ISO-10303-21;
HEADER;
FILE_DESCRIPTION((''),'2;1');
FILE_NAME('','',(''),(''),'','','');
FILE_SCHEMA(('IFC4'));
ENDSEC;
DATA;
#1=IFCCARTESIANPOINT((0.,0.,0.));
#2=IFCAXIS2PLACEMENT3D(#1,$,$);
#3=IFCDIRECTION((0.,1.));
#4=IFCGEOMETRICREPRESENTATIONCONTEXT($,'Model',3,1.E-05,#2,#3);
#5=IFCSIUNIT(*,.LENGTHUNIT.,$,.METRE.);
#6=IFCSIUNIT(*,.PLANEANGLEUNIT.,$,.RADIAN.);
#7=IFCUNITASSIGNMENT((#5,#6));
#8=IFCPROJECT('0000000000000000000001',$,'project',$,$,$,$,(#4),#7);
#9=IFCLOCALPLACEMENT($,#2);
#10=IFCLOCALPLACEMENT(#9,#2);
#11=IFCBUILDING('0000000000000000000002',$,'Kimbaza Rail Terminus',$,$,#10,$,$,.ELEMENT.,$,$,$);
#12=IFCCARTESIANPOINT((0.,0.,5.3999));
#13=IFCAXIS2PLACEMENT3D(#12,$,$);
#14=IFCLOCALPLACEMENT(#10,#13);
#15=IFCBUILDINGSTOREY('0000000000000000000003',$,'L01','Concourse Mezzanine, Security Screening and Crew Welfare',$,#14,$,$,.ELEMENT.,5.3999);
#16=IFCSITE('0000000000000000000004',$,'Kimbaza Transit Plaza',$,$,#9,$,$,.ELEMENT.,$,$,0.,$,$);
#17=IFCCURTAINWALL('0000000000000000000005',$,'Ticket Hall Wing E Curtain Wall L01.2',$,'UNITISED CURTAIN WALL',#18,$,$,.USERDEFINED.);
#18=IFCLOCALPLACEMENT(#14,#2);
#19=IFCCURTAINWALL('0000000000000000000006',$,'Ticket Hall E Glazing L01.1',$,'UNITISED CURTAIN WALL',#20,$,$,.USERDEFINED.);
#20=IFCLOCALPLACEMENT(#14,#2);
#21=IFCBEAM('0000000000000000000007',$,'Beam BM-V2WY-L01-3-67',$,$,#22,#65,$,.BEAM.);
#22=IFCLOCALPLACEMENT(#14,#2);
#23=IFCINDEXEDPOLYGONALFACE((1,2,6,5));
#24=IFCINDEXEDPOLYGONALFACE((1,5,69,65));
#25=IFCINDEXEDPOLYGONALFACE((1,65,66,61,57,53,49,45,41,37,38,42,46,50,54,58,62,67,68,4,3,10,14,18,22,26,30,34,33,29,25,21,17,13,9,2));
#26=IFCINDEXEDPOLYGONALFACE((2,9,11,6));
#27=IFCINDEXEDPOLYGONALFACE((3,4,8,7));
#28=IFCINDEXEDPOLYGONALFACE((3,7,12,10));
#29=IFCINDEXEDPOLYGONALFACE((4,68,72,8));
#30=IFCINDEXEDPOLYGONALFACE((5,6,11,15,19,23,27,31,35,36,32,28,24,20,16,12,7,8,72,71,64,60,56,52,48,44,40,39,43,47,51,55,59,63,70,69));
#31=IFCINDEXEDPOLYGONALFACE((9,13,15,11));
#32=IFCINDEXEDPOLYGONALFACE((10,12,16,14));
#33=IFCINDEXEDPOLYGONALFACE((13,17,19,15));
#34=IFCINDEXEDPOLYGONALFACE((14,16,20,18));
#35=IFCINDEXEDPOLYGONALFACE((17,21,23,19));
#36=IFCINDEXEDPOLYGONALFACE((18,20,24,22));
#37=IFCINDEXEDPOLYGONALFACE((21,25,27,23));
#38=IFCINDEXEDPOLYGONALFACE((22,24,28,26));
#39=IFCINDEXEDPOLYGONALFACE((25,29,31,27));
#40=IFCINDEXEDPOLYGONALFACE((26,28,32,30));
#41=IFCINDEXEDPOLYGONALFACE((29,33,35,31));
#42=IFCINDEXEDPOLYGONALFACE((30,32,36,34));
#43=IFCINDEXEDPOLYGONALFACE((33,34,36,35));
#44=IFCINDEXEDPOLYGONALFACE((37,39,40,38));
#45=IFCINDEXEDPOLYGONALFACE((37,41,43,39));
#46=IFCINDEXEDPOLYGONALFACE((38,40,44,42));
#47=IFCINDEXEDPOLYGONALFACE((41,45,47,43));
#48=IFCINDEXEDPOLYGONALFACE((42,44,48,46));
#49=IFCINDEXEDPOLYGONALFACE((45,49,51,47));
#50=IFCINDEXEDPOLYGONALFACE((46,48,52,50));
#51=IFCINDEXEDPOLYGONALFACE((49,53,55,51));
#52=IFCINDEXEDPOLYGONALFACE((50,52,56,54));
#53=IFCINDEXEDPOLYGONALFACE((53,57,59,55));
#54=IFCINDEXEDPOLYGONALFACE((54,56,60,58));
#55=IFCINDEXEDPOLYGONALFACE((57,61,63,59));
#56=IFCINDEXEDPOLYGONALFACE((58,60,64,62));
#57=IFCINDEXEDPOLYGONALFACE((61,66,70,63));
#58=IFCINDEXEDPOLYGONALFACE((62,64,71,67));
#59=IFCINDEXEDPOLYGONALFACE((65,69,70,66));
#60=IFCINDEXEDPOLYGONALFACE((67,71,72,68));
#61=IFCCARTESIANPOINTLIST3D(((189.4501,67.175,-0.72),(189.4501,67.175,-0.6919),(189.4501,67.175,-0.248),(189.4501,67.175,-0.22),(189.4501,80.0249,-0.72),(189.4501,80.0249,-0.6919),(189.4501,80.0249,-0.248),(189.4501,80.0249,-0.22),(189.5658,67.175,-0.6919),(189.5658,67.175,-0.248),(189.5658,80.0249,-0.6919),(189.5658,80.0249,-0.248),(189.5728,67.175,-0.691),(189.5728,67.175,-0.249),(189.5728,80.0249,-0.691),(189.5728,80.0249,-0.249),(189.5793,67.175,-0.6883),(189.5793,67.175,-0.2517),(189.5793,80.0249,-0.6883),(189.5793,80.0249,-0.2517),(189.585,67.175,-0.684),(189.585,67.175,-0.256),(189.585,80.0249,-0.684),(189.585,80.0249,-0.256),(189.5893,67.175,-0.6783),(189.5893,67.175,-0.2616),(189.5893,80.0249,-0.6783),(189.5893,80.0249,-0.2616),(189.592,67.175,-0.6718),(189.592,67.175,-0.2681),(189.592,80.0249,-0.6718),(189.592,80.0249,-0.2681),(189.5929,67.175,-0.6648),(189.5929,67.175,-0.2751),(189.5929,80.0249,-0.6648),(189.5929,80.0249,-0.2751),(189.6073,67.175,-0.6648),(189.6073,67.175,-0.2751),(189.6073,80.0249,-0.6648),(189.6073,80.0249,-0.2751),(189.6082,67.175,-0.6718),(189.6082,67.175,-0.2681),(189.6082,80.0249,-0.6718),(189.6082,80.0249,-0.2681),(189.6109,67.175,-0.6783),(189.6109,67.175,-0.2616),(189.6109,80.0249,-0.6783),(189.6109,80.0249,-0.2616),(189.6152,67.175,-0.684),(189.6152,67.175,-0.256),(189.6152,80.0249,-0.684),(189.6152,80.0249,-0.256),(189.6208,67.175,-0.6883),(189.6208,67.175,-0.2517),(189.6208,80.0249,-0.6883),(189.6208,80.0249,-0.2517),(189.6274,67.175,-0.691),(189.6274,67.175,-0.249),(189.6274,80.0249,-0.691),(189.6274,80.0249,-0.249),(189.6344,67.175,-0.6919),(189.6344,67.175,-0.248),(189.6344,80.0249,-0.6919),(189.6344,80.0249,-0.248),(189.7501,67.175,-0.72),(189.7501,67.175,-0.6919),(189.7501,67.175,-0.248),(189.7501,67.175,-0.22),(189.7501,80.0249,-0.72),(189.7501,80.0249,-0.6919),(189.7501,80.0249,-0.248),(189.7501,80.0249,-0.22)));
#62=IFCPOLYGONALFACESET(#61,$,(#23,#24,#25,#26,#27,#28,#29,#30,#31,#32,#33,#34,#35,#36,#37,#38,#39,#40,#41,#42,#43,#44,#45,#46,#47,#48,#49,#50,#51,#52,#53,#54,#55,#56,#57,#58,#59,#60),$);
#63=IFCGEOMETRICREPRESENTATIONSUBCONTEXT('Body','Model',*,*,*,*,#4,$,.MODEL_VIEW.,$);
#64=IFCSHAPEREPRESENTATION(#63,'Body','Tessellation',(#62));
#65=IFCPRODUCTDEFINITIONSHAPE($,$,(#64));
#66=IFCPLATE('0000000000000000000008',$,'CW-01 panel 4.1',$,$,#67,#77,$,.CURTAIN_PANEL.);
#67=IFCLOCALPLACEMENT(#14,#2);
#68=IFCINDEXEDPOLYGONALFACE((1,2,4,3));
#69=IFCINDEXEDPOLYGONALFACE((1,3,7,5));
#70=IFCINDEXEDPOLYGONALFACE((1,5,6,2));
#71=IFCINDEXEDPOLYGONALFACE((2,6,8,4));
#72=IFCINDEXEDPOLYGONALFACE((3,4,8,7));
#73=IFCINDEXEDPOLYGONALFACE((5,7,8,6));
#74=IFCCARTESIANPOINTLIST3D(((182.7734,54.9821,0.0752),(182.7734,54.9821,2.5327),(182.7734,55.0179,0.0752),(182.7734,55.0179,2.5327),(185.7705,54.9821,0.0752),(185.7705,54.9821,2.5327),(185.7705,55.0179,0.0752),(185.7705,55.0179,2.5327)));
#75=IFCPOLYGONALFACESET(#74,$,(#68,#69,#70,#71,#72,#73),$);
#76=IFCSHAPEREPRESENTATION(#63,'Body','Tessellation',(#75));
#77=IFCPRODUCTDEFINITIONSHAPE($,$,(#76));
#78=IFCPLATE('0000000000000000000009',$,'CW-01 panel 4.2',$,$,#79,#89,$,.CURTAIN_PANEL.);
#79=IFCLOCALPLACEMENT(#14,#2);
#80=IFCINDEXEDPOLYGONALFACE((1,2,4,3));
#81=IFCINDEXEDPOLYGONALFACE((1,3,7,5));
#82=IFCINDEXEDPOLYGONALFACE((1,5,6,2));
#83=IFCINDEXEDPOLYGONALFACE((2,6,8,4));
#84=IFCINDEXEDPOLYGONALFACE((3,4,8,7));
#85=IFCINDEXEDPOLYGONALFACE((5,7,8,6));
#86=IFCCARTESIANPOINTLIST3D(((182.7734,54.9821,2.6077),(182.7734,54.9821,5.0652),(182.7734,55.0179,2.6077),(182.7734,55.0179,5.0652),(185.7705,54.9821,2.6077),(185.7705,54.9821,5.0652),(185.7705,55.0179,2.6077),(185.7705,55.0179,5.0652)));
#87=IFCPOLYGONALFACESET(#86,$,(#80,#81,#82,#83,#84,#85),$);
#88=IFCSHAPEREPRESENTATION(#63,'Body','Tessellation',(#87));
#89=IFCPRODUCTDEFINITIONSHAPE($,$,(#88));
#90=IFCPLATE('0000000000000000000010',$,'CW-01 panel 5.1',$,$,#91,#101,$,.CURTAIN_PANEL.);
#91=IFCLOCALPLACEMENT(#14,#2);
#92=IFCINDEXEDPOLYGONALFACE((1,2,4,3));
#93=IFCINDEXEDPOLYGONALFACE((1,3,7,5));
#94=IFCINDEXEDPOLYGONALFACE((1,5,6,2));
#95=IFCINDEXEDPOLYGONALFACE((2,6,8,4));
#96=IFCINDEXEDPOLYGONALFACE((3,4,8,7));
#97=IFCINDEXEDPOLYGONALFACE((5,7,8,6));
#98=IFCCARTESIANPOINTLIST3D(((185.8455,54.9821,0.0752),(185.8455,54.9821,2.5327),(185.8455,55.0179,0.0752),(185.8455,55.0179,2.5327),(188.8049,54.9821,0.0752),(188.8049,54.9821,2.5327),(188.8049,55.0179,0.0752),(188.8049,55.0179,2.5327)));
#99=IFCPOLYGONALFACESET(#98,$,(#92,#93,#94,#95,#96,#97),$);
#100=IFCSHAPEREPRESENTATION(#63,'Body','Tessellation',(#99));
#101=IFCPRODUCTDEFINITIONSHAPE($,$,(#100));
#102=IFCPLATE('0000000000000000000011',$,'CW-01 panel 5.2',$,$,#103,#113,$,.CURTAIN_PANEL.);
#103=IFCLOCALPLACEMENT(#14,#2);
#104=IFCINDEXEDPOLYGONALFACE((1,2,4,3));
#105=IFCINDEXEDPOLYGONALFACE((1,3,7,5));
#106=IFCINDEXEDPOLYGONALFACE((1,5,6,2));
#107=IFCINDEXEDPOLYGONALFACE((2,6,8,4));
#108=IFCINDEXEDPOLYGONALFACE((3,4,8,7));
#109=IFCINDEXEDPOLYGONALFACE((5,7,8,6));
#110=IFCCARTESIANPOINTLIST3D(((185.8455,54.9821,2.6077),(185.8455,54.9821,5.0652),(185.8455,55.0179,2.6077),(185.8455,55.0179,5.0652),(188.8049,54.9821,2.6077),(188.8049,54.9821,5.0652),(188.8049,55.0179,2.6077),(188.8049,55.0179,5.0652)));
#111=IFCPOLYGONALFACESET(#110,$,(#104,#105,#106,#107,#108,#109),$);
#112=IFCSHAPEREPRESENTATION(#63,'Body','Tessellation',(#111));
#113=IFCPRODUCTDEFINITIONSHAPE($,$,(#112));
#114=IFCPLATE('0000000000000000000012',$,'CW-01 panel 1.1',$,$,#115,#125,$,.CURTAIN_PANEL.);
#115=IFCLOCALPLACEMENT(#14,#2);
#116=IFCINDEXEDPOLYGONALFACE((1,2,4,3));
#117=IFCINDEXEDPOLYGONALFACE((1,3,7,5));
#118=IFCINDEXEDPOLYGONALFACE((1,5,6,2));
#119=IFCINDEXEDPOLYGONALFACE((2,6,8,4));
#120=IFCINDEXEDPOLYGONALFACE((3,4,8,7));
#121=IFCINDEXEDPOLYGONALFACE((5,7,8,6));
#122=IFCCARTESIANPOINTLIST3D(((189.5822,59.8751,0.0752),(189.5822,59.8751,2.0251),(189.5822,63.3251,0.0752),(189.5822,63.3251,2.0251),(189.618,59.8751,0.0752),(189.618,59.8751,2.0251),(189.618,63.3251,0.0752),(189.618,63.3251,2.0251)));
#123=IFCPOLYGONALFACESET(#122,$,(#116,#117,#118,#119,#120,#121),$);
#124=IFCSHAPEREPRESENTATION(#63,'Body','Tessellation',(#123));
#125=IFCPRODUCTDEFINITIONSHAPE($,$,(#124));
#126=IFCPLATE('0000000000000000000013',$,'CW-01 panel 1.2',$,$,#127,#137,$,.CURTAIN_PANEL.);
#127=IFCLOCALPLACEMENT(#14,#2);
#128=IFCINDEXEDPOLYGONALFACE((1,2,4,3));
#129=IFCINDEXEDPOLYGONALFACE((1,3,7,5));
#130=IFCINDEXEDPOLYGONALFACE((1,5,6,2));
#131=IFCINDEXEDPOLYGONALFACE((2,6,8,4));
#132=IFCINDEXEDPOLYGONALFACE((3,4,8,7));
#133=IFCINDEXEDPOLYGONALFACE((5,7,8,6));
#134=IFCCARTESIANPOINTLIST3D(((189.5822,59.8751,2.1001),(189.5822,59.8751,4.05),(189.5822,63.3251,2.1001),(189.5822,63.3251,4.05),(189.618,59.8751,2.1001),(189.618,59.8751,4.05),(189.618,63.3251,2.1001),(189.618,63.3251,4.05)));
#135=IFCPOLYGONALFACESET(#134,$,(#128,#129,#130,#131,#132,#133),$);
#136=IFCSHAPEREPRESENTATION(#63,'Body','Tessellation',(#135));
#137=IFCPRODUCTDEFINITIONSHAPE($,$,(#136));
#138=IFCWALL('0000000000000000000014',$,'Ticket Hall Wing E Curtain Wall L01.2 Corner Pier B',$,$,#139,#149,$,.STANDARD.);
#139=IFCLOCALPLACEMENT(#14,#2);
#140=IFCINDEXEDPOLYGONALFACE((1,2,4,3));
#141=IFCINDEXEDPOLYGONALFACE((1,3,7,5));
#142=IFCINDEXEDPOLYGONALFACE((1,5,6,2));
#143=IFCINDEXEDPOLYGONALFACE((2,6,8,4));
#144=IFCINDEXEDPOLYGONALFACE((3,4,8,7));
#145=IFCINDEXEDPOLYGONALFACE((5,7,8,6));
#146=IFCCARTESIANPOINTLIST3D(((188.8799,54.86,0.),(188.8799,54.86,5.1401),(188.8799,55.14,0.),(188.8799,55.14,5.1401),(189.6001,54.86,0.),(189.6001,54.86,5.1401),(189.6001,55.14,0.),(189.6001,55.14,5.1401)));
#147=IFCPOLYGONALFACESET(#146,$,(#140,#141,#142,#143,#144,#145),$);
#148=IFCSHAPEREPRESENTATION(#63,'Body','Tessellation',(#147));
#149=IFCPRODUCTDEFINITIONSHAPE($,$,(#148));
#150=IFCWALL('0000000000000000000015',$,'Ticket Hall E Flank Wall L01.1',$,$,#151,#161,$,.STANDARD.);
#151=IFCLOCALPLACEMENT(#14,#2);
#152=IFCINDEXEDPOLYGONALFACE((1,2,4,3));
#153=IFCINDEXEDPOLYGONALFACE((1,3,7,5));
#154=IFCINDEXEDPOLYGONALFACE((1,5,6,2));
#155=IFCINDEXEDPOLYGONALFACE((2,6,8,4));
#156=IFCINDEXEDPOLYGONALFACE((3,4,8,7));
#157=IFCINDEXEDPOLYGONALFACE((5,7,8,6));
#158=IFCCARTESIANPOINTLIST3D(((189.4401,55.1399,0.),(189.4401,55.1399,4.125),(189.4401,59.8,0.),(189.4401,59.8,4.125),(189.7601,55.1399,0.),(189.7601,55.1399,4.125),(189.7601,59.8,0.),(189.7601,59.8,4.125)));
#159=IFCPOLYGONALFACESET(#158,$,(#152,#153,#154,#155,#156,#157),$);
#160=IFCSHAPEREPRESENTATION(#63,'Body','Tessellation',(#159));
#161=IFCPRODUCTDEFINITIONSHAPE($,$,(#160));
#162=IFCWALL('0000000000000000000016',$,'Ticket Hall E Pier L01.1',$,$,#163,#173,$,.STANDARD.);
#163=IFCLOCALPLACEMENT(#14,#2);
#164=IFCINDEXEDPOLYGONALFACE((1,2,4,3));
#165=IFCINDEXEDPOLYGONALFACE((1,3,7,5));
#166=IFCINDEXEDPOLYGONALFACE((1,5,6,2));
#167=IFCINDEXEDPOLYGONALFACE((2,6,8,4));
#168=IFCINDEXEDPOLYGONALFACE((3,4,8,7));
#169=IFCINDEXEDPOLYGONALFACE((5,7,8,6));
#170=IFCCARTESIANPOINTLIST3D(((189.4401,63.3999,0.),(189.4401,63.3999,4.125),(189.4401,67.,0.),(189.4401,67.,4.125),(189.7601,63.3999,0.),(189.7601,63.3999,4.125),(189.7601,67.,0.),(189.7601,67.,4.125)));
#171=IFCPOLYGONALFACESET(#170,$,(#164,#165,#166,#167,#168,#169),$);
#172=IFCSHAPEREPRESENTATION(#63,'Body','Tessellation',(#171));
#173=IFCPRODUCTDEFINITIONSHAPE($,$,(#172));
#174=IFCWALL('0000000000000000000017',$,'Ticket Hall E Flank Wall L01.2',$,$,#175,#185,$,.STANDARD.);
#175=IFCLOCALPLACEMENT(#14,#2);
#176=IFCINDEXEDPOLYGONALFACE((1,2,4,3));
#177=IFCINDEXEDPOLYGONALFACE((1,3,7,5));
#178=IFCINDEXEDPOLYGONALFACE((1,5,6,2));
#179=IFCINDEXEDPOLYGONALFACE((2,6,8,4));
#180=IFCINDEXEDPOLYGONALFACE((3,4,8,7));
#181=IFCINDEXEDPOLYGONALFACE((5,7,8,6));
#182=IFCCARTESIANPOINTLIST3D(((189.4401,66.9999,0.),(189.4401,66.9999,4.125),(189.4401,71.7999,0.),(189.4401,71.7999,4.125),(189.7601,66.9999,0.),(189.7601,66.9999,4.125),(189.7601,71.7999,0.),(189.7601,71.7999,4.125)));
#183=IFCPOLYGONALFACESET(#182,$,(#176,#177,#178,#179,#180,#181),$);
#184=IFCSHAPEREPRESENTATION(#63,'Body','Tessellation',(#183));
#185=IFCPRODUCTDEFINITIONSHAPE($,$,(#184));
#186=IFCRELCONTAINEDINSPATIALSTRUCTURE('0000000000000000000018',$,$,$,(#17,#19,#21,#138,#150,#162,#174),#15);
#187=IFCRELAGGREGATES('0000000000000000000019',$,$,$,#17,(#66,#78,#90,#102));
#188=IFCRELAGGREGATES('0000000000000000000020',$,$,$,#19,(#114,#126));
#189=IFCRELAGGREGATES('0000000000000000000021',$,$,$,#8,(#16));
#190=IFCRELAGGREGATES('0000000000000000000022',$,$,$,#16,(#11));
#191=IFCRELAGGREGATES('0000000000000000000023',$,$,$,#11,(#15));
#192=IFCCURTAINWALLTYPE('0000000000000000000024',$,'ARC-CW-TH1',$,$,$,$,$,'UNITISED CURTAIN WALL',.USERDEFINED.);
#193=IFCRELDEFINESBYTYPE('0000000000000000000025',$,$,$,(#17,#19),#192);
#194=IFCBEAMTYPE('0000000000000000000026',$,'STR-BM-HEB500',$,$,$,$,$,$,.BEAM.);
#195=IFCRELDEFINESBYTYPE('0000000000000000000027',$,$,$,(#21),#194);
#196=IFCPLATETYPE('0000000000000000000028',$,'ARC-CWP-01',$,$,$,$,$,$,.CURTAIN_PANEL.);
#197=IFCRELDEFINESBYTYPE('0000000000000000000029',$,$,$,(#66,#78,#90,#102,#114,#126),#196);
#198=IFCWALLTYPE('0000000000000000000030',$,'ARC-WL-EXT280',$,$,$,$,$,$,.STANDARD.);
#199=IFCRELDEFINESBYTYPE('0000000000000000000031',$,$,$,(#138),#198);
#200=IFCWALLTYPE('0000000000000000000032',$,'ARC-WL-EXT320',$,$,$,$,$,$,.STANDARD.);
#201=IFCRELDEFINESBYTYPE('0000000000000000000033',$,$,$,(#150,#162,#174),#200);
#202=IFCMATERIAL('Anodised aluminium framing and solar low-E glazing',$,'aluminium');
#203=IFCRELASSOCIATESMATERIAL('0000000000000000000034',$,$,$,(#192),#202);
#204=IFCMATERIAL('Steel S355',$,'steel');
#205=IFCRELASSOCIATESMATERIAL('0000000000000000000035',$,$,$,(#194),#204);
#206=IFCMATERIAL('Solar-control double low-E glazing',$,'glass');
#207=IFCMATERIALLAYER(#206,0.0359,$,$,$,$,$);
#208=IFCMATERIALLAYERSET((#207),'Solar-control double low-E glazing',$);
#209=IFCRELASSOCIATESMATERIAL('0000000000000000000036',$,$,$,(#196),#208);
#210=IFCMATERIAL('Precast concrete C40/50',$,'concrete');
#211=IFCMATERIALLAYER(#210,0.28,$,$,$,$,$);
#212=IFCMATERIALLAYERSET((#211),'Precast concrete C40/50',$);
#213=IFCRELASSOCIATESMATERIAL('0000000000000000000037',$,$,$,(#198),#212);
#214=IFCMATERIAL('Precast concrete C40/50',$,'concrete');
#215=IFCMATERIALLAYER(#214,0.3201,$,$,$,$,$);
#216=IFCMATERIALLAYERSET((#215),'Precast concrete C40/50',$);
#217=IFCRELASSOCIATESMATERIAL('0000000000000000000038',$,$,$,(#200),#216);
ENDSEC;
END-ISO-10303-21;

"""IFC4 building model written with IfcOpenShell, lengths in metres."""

from ifc_helpers import new_model, si_unit, direction, frame, frame_2d, origin, origin_2d, place, context, subcontext, project, spatial, rectangle, i_section, extrude, material, layer, layer_set, material_profile, profile_set, type_object, element, aggregate, save


model = new_model("IFC4")

# Units and contexts
model_context = context("Model", 3, precision=1e-05, world=origin(), true_north=direction((0.0, 1.0)))
body_context = subcontext(model_context, "Body", "Model", "MODEL_VIEW")
ifc_project = project(units=[si_unit("LENGTHUNIT", "METRE"), si_unit("PLANEANGLEUNIT", "RADIAN")], contexts=[model_context])

# Site, building, storey
site_placement = place(None, origin())
site = spatial("IfcSite", under=ifc_project, at=site_placement, Name="Kimbaza Transit Plaza", CompositionType="ELEMENT", RefElevation=0.0)
building_placement = place(site_placement, origin())
building = spatial("IfcBuilding", under=site, at=building_placement, Name="Kimbaza Rail Terminus", CompositionType="ELEMENT")
storey_placement = place(building_placement, frame((0.0, 0.0, 5.3999)))
storey = spatial("IfcBuildingStorey", under=building, at=storey_placement, Name="L01", Description="Concourse Mezzanine, Security Screening and Crew Welfare", CompositionType="ELEMENT", Elevation=5.3999)

# Curtain walls
ifc_material_1 = material(Name="Anodised aluminium framing and solar low-E glazing", Category="aluminium")
curtain_wall_type = type_object("IfcCurtainWallType", Name="ARC-CW-TH1", ElementType="UNITISED CURTAIN WALL", PredefinedType="USERDEFINED", material=ifc_material_1)
curtain_wall_1_placement = place(storey_placement, origin())
curtain_wall_1 = element("IfcCurtainWall", 1, at=curtain_wall_1_placement, inside=storey, type_object=curtain_wall_type, Name="Ticket Hall Wing E Curtain Wall L01.2", ObjectType="UNITISED CURTAIN WALL", PredefinedType="USERDEFINED")
curtain_wall_2_placement = place(storey_placement, origin())
curtain_wall_2 = element("IfcCurtainWall", 2, at=curtain_wall_2_placement, inside=storey, type_object=curtain_wall_type, Name="Ticket Hall E Glazing L01.1", ObjectType="UNITISED CURTAIN WALL", PredefinedType="USERDEFINED")

# Beam
ifc_material_2 = material(Name="Steel S355", Category="steel")
ifc_material_profile_1 = material_profile(ifc_material_2, i_section(OverallWidth=0.3, OverallDepth=0.5, WebThickness=0.0144, FlangeThickness=0.0281, FilletRadius=0.0271, at=origin_2d()), Name="HEB 500")
ifc_profile_set_1 = profile_set([ifc_material_profile_1], Name="Steel S355")
beam_type = type_object("IfcBeamType", Name="STR-BM-HEB500", PredefinedType="BEAM", material=ifc_profile_set_1)
beam_1_placement = place(storey_placement, frame((189.6001, 67.175, -0.47), z_axis=(0.0, 1.0, 0.0), x_axis=(-1.0, 0.0, 0.0)))
element("IfcBeam", 3, at=beam_1_placement, inside=storey, type_object=beam_type, Name="Beam BM-V2WY-L01-3-67", PredefinedType="BEAM", context=body_context, shape_type="SweptSolid", body=[
    extrude(i_section(OverallWidth=0.3, OverallDepth=0.5, WebThickness=0.0144, FlangeThickness=0.0281, FilletRadius=0.0271, at=origin_2d()), origin(), (0.0, 0.0, 1.0), 12.8499),
])

# Plates
ifc_material_3 = material(Name="Solar-control double low-E glazing", Category="glass")
ifc_layer_1 = layer(ifc_material_3, 0.0359)
ifc_layer_set_1 = layer_set([ifc_layer_1], Name="Solar-control double low-E glazing")
plate_type = type_object("IfcPlateType", Name="ARC-CWP-01", PredefinedType="CURTAIN_PANEL", material=ifc_layer_set_1)
plate_1_placement = place(storey_placement, frame((184.272, 55.0, 0.0752), z_axis=(0.0, 0.0, 1.0), x_axis=(1.0, 0.0, 0.0)))
plate_1 = element("IfcPlate", 4, at=plate_1_placement, type_object=plate_type, Name="CW-01 panel 4.1", PredefinedType="CURTAIN_PANEL", context=body_context, shape_type="SweptSolid", body=[
    extrude(rectangle(XDim=2.9971, YDim=0.0359, at=origin_2d()), origin(), (0.0, 0.0, 1.0), 2.4575),
])
plate_2_placement = place(storey_placement, frame((184.272, 55.0, 2.6077), z_axis=(0.0, 0.0, 1.0), x_axis=(1.0, 0.0, 0.0)))
plate_2 = element("IfcPlate", 5, at=plate_2_placement, type_object=plate_type, Name="CW-01 panel 4.2", PredefinedType="CURTAIN_PANEL", context=body_context, shape_type="SweptSolid", body=[
    extrude(rectangle(XDim=2.9971, YDim=0.0359, at=origin_2d()), origin(), (0.0, 0.0, 1.0), 2.4575),
])
plate_3_placement = place(storey_placement, frame((187.3252, 55.0, 0.0752), z_axis=(0.0, 0.0, 1.0), x_axis=(1.0, 0.0, 0.0)))
plate_3 = element("IfcPlate", 6, at=plate_3_placement, type_object=plate_type, Name="CW-01 panel 5.1", PredefinedType="CURTAIN_PANEL", context=body_context, shape_type="SweptSolid", body=[
    extrude(rectangle(XDim=2.9595, YDim=0.0359, at=origin_2d()), origin(), (0.0, 0.0, 1.0), 2.4575),
])
plate_4_placement = place(storey_placement, frame((187.3252, 55.0, 2.6077), z_axis=(0.0, 0.0, 1.0), x_axis=(1.0, 0.0, 0.0)))
plate_4 = element("IfcPlate", 7, at=plate_4_placement, type_object=plate_type, Name="CW-01 panel 5.2", PredefinedType="CURTAIN_PANEL", context=body_context, shape_type="SweptSolid", body=[
    extrude(rectangle(XDim=2.9595, YDim=0.0359, at=origin_2d()), origin(), (0.0, 0.0, 1.0), 2.4575),
])
aggregate(curtain_wall_1, [plate_1, plate_2, plate_3, plate_4])
plate_5_placement = place(storey_placement, frame((189.6001, 61.6001, 0.0752), z_axis=(0.0, 0.0, 1.0), x_axis=(0.0, 1.0, 0.0)))
plate_5 = element("IfcPlate", 8, at=plate_5_placement, type_object=plate_type, Name="CW-01 panel 1.1", PredefinedType="CURTAIN_PANEL", context=body_context, shape_type="SweptSolid", body=[
    extrude(rectangle(XDim=3.45, YDim=0.0359, at=origin_2d()), origin(), (0.0, 0.0, 1.0), 1.95),
])
plate_6_placement = place(storey_placement, frame((189.6001, 61.6001, 2.1001), z_axis=(0.0, 0.0, 1.0), x_axis=(0.0, 1.0, 0.0)))
plate_6 = element("IfcPlate", 9, at=plate_6_placement, type_object=plate_type, Name="CW-01 panel 1.2", PredefinedType="CURTAIN_PANEL", context=body_context, shape_type="SweptSolid", body=[
    extrude(rectangle(XDim=3.45, YDim=0.0359, at=origin_2d()), origin(), (0.0, 0.0, 1.0), 1.95),
])
aggregate(curtain_wall_2, [plate_5, plate_6])

# Walls
ifc_material_4 = material(Name="Precast concrete C40/50", Category="concrete")
ifc_layer_2 = layer(ifc_material_4, 0.28)
ifc_layer_set_2 = layer_set([ifc_layer_2], Name="Precast concrete C40/50")
wall_type_1 = type_object("IfcWallType", Name="ARC-WL-EXT280", PredefinedType="STANDARD", material=ifc_layer_set_2)
wall_1_placement = place(storey_placement, frame((188.8799, 55.0, 0.0), z_axis=(0.0, 0.0, 1.0), x_axis=(1.0, 0.0, 0.0)))
element("IfcWall", 10, at=wall_1_placement, inside=storey, type_object=wall_type_1, Name="Ticket Hall Wing E Curtain Wall L01.2 Corner Pier B", PredefinedType="STANDARD", context=body_context, shape_type="SweptSolid", body=[
    extrude(rectangle(XDim=0.7202, YDim=0.28, at=frame_2d((0.3601, 0.0))), origin(), (0.0, 0.0, 1.0), 5.1401),
])
ifc_material_5 = material(Name="Precast concrete C40/50", Category="concrete")
ifc_layer_3 = layer(ifc_material_5, 0.3201)
ifc_layer_set_3 = layer_set([ifc_layer_3], Name="Precast concrete C40/50")
wall_type_2 = type_object("IfcWallType", Name="ARC-WL-EXT320", PredefinedType="STANDARD", material=ifc_layer_set_3)
wall_2_placement = place(storey_placement, frame((189.6001, 55.1399, 0.0), z_axis=(0.0, 0.0, 1.0), x_axis=(0.0, 1.0, 0.0)))
element("IfcWall", 11, at=wall_2_placement, inside=storey, type_object=wall_type_2, Name="Ticket Hall E Flank Wall L01.1", PredefinedType="STANDARD", context=body_context, shape_type="SweptSolid", body=[
    extrude(rectangle(XDim=4.6602, YDim=0.3201, at=frame_2d((2.3301, 0.0))), origin(), (0.0, 0.0, 1.0), 4.125),
])
wall_3_placement = place(storey_placement, frame((189.6001, 63.3999, 0.0), z_axis=(0.0, 0.0, 1.0), x_axis=(0.0, 1.0, 0.0)))
element("IfcWall", 12, at=wall_3_placement, inside=storey, type_object=wall_type_2, Name="Ticket Hall E Pier L01.1", PredefinedType="STANDARD", context=body_context, shape_type="SweptSolid", body=[
    extrude(rectangle(XDim=3.6001, YDim=0.3201, at=frame_2d((1.8, 0.0))), origin(), (0.0, 0.0, 1.0), 4.125),
])
wall_4_placement = place(storey_placement, frame((189.6001, 67.0, 0.0), z_axis=(0.0, 0.0, 1.0), x_axis=(0.0, 1.0, 0.0)))
element("IfcWall", 13, at=wall_4_placement, inside=storey, type_object=wall_type_2, Name="Ticket Hall E Flank Wall L01.2", PredefinedType="STANDARD", context=body_context, shape_type="SweptSolid", body=[
    extrude(rectangle(XDim=4.8, YDim=0.3201, at=frame_2d((2.3999, 0.0))), origin(), (0.0, 0.0, 1.0), 4.125),
])

save(model, "model.ifc")
